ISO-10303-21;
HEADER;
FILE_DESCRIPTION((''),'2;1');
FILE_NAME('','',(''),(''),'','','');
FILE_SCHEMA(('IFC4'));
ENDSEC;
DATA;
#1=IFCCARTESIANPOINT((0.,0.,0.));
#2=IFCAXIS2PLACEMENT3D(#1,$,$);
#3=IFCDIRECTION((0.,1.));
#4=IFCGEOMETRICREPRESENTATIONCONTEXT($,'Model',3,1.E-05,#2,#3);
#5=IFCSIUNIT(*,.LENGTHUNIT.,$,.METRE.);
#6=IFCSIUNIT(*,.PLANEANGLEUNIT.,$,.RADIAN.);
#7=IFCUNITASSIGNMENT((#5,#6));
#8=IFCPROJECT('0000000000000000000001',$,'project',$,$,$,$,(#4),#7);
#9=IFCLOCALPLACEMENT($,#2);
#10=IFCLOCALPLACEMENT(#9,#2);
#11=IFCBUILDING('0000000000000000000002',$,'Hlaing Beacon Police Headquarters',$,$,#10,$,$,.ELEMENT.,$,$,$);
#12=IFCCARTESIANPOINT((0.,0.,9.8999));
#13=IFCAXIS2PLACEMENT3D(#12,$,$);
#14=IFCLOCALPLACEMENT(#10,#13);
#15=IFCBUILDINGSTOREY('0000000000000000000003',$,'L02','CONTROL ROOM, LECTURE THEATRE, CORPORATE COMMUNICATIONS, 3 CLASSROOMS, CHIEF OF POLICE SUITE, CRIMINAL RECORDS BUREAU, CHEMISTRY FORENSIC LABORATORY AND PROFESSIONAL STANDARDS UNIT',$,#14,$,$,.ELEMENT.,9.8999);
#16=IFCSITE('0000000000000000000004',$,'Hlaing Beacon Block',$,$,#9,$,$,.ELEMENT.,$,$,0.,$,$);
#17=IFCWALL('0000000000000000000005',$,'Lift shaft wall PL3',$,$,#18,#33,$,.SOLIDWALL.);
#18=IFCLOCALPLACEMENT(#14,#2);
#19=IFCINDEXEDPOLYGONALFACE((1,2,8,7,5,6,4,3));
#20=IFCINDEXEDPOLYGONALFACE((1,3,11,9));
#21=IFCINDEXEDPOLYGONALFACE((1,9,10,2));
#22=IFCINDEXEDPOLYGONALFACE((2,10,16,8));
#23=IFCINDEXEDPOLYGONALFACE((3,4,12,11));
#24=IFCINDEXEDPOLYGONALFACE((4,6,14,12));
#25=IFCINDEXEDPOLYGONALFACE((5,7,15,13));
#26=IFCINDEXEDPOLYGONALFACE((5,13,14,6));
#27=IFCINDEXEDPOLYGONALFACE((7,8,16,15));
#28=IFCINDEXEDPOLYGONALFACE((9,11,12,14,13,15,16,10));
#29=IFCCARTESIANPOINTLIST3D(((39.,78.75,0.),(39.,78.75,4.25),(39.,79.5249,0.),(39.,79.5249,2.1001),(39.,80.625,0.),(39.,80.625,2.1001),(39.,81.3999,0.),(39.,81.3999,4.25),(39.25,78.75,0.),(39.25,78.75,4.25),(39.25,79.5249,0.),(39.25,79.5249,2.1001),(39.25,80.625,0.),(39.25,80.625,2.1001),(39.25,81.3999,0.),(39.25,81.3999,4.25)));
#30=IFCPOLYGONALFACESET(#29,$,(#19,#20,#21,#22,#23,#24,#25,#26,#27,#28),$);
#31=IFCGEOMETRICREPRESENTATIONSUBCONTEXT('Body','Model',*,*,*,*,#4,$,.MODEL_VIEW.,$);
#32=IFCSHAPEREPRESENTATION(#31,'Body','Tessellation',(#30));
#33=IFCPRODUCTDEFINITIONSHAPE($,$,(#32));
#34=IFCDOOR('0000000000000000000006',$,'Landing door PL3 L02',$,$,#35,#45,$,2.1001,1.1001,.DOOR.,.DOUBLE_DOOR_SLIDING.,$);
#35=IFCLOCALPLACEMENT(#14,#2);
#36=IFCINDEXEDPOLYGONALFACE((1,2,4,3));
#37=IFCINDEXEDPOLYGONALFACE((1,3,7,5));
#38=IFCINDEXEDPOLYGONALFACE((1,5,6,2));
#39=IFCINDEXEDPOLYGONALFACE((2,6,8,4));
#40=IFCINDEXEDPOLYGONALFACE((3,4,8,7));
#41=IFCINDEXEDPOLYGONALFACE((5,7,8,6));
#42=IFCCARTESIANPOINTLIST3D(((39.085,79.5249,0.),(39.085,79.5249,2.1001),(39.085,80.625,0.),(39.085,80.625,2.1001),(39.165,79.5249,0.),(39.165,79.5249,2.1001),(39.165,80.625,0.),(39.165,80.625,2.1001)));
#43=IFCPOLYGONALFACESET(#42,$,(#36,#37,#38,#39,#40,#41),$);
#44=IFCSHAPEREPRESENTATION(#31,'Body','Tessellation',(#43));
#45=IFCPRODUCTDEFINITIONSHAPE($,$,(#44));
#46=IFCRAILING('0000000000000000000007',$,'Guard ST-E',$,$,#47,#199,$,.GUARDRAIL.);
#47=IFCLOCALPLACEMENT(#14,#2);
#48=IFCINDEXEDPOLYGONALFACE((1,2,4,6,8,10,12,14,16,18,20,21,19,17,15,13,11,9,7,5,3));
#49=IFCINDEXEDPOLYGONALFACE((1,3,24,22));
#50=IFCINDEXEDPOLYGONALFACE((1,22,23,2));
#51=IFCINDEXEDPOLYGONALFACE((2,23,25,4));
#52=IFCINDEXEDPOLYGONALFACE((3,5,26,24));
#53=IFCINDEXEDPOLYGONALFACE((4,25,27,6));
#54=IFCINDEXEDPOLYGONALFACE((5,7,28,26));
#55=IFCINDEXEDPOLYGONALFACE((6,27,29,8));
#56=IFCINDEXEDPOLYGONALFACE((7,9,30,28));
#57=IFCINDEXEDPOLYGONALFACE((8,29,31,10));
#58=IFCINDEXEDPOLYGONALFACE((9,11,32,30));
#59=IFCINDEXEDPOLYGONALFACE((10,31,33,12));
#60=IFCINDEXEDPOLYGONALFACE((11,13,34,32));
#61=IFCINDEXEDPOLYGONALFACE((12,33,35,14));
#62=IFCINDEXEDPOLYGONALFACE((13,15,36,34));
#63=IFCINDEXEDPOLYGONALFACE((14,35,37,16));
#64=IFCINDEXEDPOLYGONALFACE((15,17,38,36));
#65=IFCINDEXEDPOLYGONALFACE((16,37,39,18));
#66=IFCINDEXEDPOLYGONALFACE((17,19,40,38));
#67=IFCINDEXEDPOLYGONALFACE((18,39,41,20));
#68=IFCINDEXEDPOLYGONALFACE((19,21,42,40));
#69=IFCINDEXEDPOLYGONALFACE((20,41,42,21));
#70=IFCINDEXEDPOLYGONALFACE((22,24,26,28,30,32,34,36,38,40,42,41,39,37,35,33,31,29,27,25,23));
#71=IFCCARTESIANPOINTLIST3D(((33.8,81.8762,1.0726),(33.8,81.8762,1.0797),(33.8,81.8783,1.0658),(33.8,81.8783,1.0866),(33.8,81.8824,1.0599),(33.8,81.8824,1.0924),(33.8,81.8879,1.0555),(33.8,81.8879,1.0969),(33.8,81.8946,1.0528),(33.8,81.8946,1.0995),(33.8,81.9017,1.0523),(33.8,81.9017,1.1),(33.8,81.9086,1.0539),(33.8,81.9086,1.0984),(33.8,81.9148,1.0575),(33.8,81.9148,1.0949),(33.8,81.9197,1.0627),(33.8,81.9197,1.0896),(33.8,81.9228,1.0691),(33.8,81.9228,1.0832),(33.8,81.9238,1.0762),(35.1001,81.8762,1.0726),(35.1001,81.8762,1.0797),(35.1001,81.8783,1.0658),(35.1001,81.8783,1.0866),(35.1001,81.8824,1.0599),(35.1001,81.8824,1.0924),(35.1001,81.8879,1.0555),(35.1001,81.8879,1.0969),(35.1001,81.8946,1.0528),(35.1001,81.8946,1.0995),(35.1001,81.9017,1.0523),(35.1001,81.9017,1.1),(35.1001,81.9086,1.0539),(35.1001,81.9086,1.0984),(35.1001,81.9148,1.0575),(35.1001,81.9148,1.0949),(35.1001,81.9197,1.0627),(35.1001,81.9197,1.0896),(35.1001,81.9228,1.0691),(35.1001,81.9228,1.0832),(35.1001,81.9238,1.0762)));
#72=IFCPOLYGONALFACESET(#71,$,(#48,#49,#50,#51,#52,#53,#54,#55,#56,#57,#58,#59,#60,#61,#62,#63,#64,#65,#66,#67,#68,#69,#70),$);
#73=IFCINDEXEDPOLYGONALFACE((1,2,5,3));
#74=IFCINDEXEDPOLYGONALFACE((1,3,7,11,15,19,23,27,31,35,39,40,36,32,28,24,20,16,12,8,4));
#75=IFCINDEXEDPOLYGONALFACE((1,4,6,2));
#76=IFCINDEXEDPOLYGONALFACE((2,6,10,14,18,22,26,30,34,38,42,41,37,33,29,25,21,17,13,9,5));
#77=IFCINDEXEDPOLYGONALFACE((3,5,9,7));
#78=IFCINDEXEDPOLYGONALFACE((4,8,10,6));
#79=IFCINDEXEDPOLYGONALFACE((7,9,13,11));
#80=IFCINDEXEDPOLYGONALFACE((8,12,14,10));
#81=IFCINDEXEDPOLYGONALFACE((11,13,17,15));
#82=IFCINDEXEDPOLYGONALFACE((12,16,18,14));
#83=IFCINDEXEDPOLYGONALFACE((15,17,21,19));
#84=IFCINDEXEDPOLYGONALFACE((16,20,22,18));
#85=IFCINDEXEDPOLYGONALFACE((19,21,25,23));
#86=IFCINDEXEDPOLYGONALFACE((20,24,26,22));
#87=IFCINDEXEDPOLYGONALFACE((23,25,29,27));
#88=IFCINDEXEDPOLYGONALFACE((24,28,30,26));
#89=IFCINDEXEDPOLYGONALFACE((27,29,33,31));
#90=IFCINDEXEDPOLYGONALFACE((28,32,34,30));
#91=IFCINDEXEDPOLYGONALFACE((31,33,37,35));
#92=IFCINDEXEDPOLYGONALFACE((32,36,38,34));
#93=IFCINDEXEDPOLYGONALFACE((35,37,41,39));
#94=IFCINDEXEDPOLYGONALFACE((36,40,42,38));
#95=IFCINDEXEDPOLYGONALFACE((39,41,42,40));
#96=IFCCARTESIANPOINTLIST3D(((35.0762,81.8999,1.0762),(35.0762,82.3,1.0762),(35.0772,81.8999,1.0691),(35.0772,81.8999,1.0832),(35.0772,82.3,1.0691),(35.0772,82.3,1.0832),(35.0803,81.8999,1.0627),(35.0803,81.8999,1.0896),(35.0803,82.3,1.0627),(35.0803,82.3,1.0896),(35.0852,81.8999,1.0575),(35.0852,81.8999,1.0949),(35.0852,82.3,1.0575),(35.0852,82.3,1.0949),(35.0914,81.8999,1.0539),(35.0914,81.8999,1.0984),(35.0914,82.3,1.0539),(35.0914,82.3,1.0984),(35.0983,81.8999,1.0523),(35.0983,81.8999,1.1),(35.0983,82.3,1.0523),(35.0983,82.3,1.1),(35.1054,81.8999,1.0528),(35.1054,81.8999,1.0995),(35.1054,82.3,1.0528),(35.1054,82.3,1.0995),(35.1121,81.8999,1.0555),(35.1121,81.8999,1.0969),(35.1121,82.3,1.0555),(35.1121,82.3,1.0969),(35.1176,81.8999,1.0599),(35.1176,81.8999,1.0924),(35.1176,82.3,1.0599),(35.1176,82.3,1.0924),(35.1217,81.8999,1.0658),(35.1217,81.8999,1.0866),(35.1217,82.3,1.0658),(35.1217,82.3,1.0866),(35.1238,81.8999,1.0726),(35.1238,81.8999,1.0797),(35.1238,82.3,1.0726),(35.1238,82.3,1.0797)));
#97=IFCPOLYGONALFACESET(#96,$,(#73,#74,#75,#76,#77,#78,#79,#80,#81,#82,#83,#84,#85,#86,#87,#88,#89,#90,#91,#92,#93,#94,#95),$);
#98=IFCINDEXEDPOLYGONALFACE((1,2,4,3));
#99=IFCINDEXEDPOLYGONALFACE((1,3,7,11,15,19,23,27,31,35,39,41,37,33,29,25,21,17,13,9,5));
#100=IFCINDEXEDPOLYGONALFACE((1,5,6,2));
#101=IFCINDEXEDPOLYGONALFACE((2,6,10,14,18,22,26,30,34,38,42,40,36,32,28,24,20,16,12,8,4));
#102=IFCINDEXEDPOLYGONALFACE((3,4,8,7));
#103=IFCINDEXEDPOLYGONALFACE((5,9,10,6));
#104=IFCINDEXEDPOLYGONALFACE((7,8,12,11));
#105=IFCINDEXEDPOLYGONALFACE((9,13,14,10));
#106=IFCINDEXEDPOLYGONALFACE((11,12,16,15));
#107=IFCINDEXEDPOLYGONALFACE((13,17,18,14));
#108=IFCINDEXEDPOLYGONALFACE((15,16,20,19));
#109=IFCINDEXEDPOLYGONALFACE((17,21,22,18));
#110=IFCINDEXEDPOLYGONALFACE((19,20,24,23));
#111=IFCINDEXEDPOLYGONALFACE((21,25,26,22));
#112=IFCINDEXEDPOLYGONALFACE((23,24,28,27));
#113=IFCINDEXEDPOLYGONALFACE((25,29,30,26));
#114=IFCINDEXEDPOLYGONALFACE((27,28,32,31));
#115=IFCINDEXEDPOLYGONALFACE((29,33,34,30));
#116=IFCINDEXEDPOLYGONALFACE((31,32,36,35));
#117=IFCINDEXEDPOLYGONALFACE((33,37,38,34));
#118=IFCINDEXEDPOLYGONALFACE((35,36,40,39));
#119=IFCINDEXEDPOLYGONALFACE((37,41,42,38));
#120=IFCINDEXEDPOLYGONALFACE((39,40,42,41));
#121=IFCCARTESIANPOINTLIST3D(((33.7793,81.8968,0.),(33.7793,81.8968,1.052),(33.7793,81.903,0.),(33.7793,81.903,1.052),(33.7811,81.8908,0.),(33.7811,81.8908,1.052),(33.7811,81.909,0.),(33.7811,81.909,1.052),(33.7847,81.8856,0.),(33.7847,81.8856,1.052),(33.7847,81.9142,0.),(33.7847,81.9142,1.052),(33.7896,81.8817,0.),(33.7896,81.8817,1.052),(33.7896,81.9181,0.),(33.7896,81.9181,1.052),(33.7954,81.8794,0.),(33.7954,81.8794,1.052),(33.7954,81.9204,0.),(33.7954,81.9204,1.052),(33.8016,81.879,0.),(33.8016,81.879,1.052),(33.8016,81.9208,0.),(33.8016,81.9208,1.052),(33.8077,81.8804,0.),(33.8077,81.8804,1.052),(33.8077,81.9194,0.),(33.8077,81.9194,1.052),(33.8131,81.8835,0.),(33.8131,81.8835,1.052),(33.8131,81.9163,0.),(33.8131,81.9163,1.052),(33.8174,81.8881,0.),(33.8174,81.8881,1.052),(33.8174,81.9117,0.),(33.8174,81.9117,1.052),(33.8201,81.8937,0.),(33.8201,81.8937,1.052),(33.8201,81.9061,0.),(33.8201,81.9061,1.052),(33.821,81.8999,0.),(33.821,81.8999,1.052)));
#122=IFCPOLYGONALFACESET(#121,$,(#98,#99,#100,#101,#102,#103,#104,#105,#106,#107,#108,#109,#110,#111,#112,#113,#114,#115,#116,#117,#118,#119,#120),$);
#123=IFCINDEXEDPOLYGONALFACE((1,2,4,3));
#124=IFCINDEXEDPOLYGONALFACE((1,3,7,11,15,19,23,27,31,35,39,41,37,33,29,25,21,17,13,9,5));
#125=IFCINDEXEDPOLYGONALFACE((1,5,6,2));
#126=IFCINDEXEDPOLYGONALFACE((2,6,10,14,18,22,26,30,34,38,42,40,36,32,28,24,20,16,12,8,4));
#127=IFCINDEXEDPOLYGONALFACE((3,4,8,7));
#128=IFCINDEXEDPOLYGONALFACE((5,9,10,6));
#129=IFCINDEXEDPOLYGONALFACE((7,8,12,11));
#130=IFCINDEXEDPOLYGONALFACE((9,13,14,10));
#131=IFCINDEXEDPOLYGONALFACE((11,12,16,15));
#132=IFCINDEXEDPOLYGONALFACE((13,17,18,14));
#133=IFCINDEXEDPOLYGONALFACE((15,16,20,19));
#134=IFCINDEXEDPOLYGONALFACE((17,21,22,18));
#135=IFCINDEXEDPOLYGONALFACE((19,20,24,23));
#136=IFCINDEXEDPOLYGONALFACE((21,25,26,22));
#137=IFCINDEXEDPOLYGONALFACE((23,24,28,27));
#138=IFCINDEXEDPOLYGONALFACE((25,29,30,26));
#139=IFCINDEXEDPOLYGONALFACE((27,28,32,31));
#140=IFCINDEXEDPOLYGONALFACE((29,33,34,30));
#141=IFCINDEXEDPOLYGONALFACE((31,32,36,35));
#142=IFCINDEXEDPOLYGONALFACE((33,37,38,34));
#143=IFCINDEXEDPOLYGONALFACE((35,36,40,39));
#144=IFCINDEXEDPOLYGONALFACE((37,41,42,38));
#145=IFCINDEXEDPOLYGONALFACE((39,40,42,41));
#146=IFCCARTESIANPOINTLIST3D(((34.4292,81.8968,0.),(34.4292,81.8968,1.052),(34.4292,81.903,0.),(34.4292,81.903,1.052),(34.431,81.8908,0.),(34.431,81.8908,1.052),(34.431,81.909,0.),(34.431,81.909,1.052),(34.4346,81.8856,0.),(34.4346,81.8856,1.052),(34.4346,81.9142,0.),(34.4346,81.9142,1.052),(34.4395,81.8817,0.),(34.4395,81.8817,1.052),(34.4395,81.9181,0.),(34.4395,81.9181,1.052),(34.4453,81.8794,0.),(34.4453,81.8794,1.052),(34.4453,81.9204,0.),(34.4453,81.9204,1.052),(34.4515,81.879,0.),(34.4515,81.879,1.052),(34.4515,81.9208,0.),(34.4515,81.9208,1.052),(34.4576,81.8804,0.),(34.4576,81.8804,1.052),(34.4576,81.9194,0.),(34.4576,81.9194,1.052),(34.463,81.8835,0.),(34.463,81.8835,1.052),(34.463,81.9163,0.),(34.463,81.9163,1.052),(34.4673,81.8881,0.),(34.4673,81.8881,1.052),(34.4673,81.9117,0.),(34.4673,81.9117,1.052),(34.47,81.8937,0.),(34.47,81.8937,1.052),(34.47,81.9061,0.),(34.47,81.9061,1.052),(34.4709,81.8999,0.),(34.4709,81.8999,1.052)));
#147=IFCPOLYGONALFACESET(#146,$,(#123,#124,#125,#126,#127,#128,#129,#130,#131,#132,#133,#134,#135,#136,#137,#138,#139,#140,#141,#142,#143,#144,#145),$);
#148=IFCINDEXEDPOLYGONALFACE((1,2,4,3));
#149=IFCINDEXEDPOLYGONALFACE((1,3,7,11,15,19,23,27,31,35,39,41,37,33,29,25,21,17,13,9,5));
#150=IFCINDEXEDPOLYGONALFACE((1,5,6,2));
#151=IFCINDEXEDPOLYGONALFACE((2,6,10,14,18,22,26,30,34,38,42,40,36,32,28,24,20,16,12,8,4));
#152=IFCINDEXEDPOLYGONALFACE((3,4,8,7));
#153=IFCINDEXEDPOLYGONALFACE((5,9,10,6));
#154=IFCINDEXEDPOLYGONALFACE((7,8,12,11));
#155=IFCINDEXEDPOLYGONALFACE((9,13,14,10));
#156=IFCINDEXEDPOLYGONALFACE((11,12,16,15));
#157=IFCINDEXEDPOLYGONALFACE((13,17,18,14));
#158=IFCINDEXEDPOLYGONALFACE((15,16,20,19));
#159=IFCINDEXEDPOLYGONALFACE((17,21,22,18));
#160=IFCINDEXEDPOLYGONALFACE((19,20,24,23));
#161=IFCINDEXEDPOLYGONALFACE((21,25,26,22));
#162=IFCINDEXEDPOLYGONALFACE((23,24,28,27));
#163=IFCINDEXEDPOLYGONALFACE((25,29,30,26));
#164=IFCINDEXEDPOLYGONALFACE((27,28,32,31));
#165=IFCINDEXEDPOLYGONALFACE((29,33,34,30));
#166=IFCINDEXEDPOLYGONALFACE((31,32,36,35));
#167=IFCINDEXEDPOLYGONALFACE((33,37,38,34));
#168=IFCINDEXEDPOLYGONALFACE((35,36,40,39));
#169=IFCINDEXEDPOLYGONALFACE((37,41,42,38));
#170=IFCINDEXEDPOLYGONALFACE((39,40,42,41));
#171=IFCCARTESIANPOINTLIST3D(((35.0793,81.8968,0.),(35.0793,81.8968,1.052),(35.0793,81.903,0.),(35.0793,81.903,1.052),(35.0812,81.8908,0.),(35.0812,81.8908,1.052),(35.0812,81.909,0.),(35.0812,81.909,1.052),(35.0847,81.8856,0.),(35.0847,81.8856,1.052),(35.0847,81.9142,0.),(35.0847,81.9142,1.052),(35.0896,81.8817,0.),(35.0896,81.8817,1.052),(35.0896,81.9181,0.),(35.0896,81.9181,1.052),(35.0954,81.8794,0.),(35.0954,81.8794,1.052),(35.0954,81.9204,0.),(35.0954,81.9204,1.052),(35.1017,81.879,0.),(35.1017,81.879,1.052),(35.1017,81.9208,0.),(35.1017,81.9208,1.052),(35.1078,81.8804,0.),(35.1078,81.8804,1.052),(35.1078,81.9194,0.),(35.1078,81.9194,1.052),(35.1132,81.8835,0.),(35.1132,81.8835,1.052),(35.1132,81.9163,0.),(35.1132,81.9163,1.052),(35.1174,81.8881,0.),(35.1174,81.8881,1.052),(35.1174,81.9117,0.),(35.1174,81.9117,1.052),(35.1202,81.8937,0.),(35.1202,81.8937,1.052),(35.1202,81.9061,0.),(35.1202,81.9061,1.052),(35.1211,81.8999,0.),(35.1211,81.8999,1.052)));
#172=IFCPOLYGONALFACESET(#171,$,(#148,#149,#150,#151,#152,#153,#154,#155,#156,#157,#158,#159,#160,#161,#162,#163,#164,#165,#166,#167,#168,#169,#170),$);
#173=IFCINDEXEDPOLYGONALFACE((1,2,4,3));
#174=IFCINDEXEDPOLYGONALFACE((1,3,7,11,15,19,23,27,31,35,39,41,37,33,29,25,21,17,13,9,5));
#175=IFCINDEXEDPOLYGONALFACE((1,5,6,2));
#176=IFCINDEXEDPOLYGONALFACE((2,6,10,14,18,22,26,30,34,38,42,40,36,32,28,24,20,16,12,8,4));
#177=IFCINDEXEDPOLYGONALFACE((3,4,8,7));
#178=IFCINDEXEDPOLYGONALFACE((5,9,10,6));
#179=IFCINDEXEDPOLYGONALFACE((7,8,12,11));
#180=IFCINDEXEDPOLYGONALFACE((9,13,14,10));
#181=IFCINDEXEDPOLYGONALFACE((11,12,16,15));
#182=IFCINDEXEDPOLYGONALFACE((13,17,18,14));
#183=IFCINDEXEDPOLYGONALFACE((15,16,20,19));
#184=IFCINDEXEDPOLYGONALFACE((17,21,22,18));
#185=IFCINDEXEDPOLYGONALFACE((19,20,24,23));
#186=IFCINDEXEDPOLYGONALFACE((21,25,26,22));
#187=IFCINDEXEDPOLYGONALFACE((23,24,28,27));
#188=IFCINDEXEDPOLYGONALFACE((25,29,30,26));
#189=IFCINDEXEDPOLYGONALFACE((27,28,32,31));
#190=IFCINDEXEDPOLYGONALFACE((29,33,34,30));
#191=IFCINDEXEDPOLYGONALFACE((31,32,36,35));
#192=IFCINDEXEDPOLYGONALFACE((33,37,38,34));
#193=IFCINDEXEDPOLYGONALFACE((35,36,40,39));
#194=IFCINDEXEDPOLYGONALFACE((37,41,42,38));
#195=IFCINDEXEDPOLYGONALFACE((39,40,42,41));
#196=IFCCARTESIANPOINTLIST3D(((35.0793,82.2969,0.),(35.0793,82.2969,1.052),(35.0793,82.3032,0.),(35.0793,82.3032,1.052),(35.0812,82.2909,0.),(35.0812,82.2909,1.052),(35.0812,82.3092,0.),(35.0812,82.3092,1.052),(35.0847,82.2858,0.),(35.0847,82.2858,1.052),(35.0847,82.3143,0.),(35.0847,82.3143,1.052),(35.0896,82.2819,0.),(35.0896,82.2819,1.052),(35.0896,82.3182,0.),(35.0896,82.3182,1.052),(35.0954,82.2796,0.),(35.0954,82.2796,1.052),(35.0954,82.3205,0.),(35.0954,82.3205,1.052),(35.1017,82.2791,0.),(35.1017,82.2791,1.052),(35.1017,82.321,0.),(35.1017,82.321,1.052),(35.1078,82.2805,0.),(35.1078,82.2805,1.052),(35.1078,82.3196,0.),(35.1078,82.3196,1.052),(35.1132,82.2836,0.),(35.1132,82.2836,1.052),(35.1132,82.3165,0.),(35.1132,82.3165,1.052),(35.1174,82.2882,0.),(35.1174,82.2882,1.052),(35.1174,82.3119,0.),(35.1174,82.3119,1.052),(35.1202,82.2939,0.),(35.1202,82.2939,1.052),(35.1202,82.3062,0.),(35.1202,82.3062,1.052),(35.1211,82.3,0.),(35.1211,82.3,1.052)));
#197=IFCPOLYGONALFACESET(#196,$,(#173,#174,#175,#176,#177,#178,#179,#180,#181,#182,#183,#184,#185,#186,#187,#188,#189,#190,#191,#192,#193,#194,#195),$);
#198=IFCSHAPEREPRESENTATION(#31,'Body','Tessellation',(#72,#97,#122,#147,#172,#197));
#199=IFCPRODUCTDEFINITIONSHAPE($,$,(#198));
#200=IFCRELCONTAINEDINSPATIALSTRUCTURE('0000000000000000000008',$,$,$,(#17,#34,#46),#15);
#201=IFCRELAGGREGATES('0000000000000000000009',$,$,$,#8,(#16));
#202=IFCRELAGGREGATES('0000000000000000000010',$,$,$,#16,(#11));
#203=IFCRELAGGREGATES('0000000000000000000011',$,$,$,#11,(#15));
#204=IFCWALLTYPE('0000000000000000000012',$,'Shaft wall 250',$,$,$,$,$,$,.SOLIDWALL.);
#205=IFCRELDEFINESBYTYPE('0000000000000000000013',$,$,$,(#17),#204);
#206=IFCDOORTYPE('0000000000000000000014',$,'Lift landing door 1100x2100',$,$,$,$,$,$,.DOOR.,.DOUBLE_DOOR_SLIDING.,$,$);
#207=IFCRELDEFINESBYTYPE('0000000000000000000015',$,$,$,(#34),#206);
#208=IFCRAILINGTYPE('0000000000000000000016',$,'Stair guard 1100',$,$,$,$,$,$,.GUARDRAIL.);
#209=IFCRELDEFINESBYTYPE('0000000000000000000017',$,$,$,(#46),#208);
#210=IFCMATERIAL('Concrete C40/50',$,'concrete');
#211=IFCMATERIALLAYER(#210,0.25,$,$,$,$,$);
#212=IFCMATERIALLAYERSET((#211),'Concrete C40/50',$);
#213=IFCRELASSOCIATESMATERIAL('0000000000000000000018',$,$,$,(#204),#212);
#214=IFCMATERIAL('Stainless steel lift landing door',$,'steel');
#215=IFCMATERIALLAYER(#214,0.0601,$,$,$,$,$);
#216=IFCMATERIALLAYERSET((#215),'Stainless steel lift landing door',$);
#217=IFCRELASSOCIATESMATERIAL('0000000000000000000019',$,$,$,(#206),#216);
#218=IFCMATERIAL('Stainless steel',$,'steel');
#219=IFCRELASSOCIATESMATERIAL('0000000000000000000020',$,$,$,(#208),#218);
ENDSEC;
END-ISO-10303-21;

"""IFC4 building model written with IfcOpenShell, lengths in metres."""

from ifc_helpers import new_model, si_unit, direction, frame, frame_2d, origin, origin_2d, place, context, subcontext, project, spatial, rectangle, circle, extrude, material, layer, layer_set, type_object, element, fill, save


model = new_model("IFC4")

# Units and contexts
model_context = context("Model", 3, precision=1e-05, world=origin(), true_north=direction((0.0, 1.0)))
body_context = subcontext(model_context, "Body", "Model", "MODEL_VIEW")
ifc_project = project(units=[si_unit("LENGTHUNIT", "METRE"), si_unit("PLANEANGLEUNIT", "RADIAN")], contexts=[model_context])

# Site, building, storey
site_placement = place(None, origin())
site = spatial("IfcSite", under=ifc_project, at=site_placement, Name="Hlaing Beacon Block", CompositionType="ELEMENT", RefElevation=0.0)
building_placement = place(site_placement, origin())
building = spatial("IfcBuilding", under=site, at=building_placement, Name="Hlaing Beacon Police Headquarters", CompositionType="ELEMENT")
storey_placement = place(building_placement, frame((0.0, 0.0, 9.8999)))
storey = spatial("IfcBuildingStorey", under=building, at=storey_placement, Name="L02", Description="CONTROL ROOM, LECTURE THEATRE, CORPORATE COMMUNICATIONS, 3 CLASSROOMS, CHIEF OF POLICE SUITE, CRIMINAL RECORDS BUREAU, CHEMISTRY FORENSIC LABORATORY AND PROFESSIONAL STANDARDS UNIT", CompositionType="ELEMENT", Elevation=9.8999)

# Shared definitions
ifc_material_1 = material(Name="Concrete C40/50", Category="concrete")
ifc_layer_1 = layer(ifc_material_1, 0.25)
ifc_layer_set_1 = layer_set([ifc_layer_1], Name="Concrete C40/50")
wall_type_1 = type_object("IfcWallType", Name="Shaft wall 250", PredefinedType="SOLIDWALL", material=ifc_layer_set_1)

# Wall, opening, door
wall_1_placement = place(storey_placement, frame((39.125, 78.75, 0.0), z_axis=(0.0, 0.0, 1.0), x_axis=(0.0, 1.0, 0.0)))
wall_1 = element("IfcWall", 1, at=wall_1_placement, inside=storey, type_object=wall_type_1, Name="Lift shaft wall PL3", PredefinedType="SOLIDWALL", context=body_context, shape_type="SweptSolid", body=[
    extrude(rectangle(XDim=2.6499, YDim=0.25, at=frame_2d((1.325, 0.0))), origin(), (0.0, 0.0, 1.0), 4.25),
])
opening_1_placement = place(wall_1_placement, frame((0.7749, 0.0, 0.0)))
opening_1 = element("IfcOpeningElement", 2, at=opening_1_placement, cuts=wall_1, PredefinedType="OPENING", context=body_context, shape_type="SweptSolid", body=[
    extrude(rectangle(XDim=1.1001, YDim=2.1001, at=frame_2d((0.55, 1.05))), frame((0.0, 0.135, 0.0), z_axis=(0.0, -1.0, 0.0), x_axis=(1.0, 0.0, 0.0)), (0.0, 0.0, 1.0), 0.27),
])
ifc_material_2 = material(Name="Stainless steel lift landing door", Category="steel")
ifc_layer_2 = layer(ifc_material_2, 0.0601)
ifc_layer_set_2 = layer_set([ifc_layer_2], Name="Stainless steel lift landing door")
door_type_1 = type_object("IfcDoorType", Name="Lift landing door 1100x2100", OperationType="DOUBLE_DOOR_SLIDING", PredefinedType="DOOR", material=ifc_layer_set_2)
door_1_placement = place(opening_1_placement, origin())
door_1 = element("IfcDoor", 3, at=door_1_placement, inside=storey, type_object=door_type_1, Name="Landing door PL3 L02", OperationType="DOUBLE_DOOR_SLIDING", OverallHeight=2.1001, OverallWidth=1.1001, PredefinedType="DOOR", context=body_context, shape_type="SweptSolid", body=[
    extrude(rectangle(XDim=1.1001, YDim=2.1001, at=frame_2d((0.55, 1.05))), frame((0.0, 0.04, 0.0), z_axis=(0.0, -1.0, 0.0), x_axis=(1.0, 0.0, 0.0)), (0.0, 0.0, 1.0), 0.0801),
])
fill(opening_1, door_1)

# Railing
ifc_material_3 = material(Name="Stainless steel", Category="steel")
railing_type = type_object("IfcRailingType", Name="Stair guard 1100", PredefinedType="GUARDRAIL", material=ifc_material_3)
railing_placement = place(storey_placement, frame((33.8, 81.8999, 0.0)))
element("IfcRailing", 4, at=railing_placement, inside=storey, type_object=railing_type, Name="Guard ST-E", PredefinedType="GUARDRAIL", context=body_context, shape_type="SweptSolid", body=[
    extrude(circle(Radius=0.0239, at=origin_2d()), frame((0.0, 0.0, 1.0762), z_axis=(1.0, 0.0, 0.0), x_axis=(0.0, 1.0, 0.0)), (0.0, 0.0, 1.0), 1.3),
    extrude(circle(Radius=0.0239, at=origin_2d()), frame((1.3, 0.0, 1.0762), z_axis=(0.0, 1.0, 0.0), x_axis=(-1.0, 0.0, 0.0)), (0.0, 0.0, 1.0), 0.4001),
    extrude(circle(Radius=0.021, at=origin_2d()), origin(), (0.0, 0.0, 1.0), 1.052),
    extrude(circle(Radius=0.021, at=origin_2d()), frame((0.6499, 0.0, 0.0)), (0.0, 0.0, 1.0), 1.052),
    extrude(circle(Radius=0.021, at=origin_2d()), frame((1.3, 0.0, 0.0)), (0.0, 0.0, 1.0), 1.052),
    extrude(circle(Radius=0.021, at=origin_2d()), frame((1.3, 0.4001, 0.0)), (0.0, 0.0, 1.0), 1.052),
])

save(model, "model.ifc")
